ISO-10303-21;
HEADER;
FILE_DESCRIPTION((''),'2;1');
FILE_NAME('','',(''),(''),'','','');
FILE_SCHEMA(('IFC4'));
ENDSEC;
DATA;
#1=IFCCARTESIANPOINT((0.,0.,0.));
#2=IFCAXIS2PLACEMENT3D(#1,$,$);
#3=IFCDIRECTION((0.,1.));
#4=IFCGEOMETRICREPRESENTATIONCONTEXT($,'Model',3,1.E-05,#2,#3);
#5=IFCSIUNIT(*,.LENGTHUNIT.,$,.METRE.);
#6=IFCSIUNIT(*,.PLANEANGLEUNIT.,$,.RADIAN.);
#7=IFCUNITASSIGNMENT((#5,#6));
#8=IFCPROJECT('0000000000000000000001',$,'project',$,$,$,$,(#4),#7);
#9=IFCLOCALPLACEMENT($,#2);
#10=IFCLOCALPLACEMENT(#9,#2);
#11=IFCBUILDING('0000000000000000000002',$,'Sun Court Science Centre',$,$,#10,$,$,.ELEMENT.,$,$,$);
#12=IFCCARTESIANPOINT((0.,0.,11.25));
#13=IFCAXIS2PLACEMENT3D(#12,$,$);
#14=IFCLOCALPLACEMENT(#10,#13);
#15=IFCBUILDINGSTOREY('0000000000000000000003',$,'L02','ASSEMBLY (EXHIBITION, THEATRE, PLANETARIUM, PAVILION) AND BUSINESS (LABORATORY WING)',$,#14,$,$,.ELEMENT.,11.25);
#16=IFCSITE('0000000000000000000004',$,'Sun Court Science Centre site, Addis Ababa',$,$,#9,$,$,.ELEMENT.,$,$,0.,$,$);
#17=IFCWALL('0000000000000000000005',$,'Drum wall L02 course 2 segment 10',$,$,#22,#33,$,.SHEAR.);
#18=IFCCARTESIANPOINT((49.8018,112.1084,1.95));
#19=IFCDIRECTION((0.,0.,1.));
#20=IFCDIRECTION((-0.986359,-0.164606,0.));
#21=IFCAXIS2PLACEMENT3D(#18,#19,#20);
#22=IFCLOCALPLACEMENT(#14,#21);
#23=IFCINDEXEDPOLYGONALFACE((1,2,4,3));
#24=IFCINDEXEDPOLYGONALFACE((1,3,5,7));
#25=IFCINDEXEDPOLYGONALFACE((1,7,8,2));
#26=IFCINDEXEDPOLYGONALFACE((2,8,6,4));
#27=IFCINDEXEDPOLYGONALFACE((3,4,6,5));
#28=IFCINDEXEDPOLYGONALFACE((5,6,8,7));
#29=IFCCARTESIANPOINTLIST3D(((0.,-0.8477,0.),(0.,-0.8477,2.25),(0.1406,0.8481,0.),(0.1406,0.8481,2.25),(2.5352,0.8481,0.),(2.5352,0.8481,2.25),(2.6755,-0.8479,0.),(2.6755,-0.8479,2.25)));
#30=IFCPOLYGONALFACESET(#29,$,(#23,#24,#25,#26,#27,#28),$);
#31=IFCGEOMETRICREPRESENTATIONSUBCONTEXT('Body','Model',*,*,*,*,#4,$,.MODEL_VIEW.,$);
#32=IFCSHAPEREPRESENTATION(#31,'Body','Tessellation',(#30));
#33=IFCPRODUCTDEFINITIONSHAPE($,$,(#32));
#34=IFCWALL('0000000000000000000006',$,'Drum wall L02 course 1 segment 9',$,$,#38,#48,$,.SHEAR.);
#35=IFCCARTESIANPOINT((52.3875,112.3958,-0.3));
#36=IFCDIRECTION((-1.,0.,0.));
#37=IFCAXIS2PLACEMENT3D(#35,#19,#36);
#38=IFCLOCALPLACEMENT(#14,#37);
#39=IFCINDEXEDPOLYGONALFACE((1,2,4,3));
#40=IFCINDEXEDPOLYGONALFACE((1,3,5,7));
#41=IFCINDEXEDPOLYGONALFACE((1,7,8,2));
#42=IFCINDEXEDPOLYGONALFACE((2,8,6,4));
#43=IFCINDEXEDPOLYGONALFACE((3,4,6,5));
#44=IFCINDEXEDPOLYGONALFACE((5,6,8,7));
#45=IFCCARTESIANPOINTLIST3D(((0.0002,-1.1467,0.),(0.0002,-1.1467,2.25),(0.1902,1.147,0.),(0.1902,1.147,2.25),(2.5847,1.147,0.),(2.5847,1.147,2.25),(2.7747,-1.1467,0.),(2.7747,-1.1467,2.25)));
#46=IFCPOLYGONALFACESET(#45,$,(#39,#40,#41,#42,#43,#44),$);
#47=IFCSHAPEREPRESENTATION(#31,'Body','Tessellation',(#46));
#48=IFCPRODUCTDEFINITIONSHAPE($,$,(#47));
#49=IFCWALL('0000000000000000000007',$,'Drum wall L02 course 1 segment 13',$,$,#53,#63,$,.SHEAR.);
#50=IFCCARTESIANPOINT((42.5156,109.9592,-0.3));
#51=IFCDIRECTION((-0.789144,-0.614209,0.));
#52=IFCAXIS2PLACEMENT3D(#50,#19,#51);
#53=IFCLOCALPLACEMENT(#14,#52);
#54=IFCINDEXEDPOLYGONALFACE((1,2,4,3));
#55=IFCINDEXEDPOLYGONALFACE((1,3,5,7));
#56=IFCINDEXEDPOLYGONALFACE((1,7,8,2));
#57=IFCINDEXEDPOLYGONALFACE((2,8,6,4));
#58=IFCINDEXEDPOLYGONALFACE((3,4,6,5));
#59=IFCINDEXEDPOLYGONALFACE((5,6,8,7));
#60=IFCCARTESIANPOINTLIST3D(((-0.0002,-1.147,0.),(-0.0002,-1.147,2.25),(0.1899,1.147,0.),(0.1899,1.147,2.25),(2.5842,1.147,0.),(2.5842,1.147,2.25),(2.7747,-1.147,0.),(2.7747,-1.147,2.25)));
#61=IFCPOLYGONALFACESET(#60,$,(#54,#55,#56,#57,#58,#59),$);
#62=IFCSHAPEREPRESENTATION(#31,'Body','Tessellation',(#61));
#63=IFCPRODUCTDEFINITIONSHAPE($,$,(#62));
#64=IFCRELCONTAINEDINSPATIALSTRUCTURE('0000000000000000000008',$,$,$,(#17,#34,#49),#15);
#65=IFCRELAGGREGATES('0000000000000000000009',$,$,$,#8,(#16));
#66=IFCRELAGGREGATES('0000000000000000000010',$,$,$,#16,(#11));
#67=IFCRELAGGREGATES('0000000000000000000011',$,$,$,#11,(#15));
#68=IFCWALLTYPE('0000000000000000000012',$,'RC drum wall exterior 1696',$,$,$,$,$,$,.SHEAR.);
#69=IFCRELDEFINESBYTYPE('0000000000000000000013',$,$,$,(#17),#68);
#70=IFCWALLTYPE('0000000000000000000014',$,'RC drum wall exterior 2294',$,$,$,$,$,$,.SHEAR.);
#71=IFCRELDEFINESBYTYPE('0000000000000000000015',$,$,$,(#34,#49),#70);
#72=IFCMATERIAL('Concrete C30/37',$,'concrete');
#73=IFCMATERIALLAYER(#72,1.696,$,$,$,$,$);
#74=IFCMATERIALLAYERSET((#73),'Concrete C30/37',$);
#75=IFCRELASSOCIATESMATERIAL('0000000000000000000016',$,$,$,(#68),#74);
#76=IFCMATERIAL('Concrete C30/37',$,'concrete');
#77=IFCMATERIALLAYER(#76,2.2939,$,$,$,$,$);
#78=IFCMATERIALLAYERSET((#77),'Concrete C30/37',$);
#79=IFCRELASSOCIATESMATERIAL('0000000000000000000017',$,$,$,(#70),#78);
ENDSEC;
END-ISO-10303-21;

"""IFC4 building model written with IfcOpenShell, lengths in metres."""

from ifc_helpers import new_model, si_unit, direction, frame, origin, place, context, subcontext, project, spatial, polyline, outline, extrude, material, layer, layer_set, type_object, element, save


model = new_model("IFC4")

# Units and contexts
model_context = context("Model", 3, precision=1e-05, world=origin(), true_north=direction((0.0, 1.0)))
body_context = subcontext(model_context, "Body", "Model", "MODEL_VIEW")
ifc_project = project(units=[si_unit("LENGTHUNIT", "METRE"), si_unit("PLANEANGLEUNIT", "RADIAN")], contexts=[model_context])

# Site, building, storey
site_placement = place(None, origin())
site = spatial("IfcSite", under=ifc_project, at=site_placement, Name="Sun Court Science Centre site, Addis Ababa", CompositionType="ELEMENT", RefElevation=0.0)
building_placement = place(site_placement, origin())
building = spatial("IfcBuilding", under=site, at=building_placement, Name="Sun Court Science Centre", CompositionType="ELEMENT")
storey_placement = place(building_placement, frame((0.0, 0.0, 11.25)))
storey = spatial("IfcBuildingStorey", under=building, at=storey_placement, Name="L02", Description="ASSEMBLY (EXHIBITION, THEATRE, PLANETARIUM, PAVILION) AND BUSINESS (LABORATORY WING)", CompositionType="ELEMENT", Elevation=11.25)

# Walls
ifc_material_1 = material(Name="Concrete C30/37", Category="concrete")
ifc_layer_1 = layer(ifc_material_1, 1.696)
ifc_layer_set_1 = layer_set([ifc_layer_1], Name="Concrete C30/37")
wall_type_1 = type_object("IfcWallType", Name="RC drum wall exterior 1696", PredefinedType="SHEAR", material=ifc_layer_set_1)
wall_1_placement = place(storey_placement, frame((49.8018, 112.1084, 1.95), z_axis=(0.0, 0.0, 1.0), x_axis=(-0.986359, -0.164606, 0.0)))
element("IfcWall", 1, at=wall_1_placement, inside=storey, type_object=wall_type_1, Name="Drum wall L02 course 2 segment 10", PredefinedType="SHEAR", context=body_context, shape_type="SweptSolid", body=[
    extrude(outline(polyline([(0.0, -0.8477), (2.6755, -0.8479), (2.5352, 0.8481), (0.1406, 0.8481), (0.0, -0.8477)])), origin(), (0.0, 0.0, 1.0), 2.25),
])
ifc_material_2 = material(Name="Concrete C30/37", Category="concrete")
ifc_layer_2 = layer(ifc_material_2, 2.2939)
ifc_layer_set_2 = layer_set([ifc_layer_2], Name="Concrete C30/37")
wall_type_2 = type_object("IfcWallType", Name="RC drum wall exterior 2294", PredefinedType="SHEAR", material=ifc_layer_set_2)
wall_2_placement = place(storey_placement, frame((52.3875, 112.3958, -0.3), z_axis=(0.0, 0.0, 1.0), x_axis=(-1.0, 0.0, 0.0)))
element("IfcWall", 2, at=wall_2_placement, inside=storey, type_object=wall_type_2, Name="Drum wall L02 course 1 segment 9", PredefinedType="SHEAR", context=body_context, shape_type="SweptSolid", body=[
    extrude(outline(polyline([(0.0002, -1.1467), (2.7747, -1.1467), (2.5847, 1.147), (0.1902, 1.147), (0.0002, -1.1467)])), origin(), (0.0, 0.0, 1.0), 2.25),
])
wall_3_placement = place(storey_placement, frame((42.5156, 109.9592, -0.3), z_axis=(0.0, 0.0, 1.0), x_axis=(-0.789144, -0.614209, 0.0)))
element("IfcWall", 3, at=wall_3_placement, inside=storey, type_object=wall_type_2, Name="Drum wall L02 course 1 segment 13", PredefinedType="SHEAR", context=body_context, shape_type="SweptSolid", body=[
    extrude(outline(polyline([(-0.0002, -1.147), (2.7747, -1.147), (2.5842, 1.147), (0.1899, 1.147), (-0.0002, -1.147)])), origin(), (0.0, 0.0, 1.0), 2.25),
])

save(model, "model.ifc")
